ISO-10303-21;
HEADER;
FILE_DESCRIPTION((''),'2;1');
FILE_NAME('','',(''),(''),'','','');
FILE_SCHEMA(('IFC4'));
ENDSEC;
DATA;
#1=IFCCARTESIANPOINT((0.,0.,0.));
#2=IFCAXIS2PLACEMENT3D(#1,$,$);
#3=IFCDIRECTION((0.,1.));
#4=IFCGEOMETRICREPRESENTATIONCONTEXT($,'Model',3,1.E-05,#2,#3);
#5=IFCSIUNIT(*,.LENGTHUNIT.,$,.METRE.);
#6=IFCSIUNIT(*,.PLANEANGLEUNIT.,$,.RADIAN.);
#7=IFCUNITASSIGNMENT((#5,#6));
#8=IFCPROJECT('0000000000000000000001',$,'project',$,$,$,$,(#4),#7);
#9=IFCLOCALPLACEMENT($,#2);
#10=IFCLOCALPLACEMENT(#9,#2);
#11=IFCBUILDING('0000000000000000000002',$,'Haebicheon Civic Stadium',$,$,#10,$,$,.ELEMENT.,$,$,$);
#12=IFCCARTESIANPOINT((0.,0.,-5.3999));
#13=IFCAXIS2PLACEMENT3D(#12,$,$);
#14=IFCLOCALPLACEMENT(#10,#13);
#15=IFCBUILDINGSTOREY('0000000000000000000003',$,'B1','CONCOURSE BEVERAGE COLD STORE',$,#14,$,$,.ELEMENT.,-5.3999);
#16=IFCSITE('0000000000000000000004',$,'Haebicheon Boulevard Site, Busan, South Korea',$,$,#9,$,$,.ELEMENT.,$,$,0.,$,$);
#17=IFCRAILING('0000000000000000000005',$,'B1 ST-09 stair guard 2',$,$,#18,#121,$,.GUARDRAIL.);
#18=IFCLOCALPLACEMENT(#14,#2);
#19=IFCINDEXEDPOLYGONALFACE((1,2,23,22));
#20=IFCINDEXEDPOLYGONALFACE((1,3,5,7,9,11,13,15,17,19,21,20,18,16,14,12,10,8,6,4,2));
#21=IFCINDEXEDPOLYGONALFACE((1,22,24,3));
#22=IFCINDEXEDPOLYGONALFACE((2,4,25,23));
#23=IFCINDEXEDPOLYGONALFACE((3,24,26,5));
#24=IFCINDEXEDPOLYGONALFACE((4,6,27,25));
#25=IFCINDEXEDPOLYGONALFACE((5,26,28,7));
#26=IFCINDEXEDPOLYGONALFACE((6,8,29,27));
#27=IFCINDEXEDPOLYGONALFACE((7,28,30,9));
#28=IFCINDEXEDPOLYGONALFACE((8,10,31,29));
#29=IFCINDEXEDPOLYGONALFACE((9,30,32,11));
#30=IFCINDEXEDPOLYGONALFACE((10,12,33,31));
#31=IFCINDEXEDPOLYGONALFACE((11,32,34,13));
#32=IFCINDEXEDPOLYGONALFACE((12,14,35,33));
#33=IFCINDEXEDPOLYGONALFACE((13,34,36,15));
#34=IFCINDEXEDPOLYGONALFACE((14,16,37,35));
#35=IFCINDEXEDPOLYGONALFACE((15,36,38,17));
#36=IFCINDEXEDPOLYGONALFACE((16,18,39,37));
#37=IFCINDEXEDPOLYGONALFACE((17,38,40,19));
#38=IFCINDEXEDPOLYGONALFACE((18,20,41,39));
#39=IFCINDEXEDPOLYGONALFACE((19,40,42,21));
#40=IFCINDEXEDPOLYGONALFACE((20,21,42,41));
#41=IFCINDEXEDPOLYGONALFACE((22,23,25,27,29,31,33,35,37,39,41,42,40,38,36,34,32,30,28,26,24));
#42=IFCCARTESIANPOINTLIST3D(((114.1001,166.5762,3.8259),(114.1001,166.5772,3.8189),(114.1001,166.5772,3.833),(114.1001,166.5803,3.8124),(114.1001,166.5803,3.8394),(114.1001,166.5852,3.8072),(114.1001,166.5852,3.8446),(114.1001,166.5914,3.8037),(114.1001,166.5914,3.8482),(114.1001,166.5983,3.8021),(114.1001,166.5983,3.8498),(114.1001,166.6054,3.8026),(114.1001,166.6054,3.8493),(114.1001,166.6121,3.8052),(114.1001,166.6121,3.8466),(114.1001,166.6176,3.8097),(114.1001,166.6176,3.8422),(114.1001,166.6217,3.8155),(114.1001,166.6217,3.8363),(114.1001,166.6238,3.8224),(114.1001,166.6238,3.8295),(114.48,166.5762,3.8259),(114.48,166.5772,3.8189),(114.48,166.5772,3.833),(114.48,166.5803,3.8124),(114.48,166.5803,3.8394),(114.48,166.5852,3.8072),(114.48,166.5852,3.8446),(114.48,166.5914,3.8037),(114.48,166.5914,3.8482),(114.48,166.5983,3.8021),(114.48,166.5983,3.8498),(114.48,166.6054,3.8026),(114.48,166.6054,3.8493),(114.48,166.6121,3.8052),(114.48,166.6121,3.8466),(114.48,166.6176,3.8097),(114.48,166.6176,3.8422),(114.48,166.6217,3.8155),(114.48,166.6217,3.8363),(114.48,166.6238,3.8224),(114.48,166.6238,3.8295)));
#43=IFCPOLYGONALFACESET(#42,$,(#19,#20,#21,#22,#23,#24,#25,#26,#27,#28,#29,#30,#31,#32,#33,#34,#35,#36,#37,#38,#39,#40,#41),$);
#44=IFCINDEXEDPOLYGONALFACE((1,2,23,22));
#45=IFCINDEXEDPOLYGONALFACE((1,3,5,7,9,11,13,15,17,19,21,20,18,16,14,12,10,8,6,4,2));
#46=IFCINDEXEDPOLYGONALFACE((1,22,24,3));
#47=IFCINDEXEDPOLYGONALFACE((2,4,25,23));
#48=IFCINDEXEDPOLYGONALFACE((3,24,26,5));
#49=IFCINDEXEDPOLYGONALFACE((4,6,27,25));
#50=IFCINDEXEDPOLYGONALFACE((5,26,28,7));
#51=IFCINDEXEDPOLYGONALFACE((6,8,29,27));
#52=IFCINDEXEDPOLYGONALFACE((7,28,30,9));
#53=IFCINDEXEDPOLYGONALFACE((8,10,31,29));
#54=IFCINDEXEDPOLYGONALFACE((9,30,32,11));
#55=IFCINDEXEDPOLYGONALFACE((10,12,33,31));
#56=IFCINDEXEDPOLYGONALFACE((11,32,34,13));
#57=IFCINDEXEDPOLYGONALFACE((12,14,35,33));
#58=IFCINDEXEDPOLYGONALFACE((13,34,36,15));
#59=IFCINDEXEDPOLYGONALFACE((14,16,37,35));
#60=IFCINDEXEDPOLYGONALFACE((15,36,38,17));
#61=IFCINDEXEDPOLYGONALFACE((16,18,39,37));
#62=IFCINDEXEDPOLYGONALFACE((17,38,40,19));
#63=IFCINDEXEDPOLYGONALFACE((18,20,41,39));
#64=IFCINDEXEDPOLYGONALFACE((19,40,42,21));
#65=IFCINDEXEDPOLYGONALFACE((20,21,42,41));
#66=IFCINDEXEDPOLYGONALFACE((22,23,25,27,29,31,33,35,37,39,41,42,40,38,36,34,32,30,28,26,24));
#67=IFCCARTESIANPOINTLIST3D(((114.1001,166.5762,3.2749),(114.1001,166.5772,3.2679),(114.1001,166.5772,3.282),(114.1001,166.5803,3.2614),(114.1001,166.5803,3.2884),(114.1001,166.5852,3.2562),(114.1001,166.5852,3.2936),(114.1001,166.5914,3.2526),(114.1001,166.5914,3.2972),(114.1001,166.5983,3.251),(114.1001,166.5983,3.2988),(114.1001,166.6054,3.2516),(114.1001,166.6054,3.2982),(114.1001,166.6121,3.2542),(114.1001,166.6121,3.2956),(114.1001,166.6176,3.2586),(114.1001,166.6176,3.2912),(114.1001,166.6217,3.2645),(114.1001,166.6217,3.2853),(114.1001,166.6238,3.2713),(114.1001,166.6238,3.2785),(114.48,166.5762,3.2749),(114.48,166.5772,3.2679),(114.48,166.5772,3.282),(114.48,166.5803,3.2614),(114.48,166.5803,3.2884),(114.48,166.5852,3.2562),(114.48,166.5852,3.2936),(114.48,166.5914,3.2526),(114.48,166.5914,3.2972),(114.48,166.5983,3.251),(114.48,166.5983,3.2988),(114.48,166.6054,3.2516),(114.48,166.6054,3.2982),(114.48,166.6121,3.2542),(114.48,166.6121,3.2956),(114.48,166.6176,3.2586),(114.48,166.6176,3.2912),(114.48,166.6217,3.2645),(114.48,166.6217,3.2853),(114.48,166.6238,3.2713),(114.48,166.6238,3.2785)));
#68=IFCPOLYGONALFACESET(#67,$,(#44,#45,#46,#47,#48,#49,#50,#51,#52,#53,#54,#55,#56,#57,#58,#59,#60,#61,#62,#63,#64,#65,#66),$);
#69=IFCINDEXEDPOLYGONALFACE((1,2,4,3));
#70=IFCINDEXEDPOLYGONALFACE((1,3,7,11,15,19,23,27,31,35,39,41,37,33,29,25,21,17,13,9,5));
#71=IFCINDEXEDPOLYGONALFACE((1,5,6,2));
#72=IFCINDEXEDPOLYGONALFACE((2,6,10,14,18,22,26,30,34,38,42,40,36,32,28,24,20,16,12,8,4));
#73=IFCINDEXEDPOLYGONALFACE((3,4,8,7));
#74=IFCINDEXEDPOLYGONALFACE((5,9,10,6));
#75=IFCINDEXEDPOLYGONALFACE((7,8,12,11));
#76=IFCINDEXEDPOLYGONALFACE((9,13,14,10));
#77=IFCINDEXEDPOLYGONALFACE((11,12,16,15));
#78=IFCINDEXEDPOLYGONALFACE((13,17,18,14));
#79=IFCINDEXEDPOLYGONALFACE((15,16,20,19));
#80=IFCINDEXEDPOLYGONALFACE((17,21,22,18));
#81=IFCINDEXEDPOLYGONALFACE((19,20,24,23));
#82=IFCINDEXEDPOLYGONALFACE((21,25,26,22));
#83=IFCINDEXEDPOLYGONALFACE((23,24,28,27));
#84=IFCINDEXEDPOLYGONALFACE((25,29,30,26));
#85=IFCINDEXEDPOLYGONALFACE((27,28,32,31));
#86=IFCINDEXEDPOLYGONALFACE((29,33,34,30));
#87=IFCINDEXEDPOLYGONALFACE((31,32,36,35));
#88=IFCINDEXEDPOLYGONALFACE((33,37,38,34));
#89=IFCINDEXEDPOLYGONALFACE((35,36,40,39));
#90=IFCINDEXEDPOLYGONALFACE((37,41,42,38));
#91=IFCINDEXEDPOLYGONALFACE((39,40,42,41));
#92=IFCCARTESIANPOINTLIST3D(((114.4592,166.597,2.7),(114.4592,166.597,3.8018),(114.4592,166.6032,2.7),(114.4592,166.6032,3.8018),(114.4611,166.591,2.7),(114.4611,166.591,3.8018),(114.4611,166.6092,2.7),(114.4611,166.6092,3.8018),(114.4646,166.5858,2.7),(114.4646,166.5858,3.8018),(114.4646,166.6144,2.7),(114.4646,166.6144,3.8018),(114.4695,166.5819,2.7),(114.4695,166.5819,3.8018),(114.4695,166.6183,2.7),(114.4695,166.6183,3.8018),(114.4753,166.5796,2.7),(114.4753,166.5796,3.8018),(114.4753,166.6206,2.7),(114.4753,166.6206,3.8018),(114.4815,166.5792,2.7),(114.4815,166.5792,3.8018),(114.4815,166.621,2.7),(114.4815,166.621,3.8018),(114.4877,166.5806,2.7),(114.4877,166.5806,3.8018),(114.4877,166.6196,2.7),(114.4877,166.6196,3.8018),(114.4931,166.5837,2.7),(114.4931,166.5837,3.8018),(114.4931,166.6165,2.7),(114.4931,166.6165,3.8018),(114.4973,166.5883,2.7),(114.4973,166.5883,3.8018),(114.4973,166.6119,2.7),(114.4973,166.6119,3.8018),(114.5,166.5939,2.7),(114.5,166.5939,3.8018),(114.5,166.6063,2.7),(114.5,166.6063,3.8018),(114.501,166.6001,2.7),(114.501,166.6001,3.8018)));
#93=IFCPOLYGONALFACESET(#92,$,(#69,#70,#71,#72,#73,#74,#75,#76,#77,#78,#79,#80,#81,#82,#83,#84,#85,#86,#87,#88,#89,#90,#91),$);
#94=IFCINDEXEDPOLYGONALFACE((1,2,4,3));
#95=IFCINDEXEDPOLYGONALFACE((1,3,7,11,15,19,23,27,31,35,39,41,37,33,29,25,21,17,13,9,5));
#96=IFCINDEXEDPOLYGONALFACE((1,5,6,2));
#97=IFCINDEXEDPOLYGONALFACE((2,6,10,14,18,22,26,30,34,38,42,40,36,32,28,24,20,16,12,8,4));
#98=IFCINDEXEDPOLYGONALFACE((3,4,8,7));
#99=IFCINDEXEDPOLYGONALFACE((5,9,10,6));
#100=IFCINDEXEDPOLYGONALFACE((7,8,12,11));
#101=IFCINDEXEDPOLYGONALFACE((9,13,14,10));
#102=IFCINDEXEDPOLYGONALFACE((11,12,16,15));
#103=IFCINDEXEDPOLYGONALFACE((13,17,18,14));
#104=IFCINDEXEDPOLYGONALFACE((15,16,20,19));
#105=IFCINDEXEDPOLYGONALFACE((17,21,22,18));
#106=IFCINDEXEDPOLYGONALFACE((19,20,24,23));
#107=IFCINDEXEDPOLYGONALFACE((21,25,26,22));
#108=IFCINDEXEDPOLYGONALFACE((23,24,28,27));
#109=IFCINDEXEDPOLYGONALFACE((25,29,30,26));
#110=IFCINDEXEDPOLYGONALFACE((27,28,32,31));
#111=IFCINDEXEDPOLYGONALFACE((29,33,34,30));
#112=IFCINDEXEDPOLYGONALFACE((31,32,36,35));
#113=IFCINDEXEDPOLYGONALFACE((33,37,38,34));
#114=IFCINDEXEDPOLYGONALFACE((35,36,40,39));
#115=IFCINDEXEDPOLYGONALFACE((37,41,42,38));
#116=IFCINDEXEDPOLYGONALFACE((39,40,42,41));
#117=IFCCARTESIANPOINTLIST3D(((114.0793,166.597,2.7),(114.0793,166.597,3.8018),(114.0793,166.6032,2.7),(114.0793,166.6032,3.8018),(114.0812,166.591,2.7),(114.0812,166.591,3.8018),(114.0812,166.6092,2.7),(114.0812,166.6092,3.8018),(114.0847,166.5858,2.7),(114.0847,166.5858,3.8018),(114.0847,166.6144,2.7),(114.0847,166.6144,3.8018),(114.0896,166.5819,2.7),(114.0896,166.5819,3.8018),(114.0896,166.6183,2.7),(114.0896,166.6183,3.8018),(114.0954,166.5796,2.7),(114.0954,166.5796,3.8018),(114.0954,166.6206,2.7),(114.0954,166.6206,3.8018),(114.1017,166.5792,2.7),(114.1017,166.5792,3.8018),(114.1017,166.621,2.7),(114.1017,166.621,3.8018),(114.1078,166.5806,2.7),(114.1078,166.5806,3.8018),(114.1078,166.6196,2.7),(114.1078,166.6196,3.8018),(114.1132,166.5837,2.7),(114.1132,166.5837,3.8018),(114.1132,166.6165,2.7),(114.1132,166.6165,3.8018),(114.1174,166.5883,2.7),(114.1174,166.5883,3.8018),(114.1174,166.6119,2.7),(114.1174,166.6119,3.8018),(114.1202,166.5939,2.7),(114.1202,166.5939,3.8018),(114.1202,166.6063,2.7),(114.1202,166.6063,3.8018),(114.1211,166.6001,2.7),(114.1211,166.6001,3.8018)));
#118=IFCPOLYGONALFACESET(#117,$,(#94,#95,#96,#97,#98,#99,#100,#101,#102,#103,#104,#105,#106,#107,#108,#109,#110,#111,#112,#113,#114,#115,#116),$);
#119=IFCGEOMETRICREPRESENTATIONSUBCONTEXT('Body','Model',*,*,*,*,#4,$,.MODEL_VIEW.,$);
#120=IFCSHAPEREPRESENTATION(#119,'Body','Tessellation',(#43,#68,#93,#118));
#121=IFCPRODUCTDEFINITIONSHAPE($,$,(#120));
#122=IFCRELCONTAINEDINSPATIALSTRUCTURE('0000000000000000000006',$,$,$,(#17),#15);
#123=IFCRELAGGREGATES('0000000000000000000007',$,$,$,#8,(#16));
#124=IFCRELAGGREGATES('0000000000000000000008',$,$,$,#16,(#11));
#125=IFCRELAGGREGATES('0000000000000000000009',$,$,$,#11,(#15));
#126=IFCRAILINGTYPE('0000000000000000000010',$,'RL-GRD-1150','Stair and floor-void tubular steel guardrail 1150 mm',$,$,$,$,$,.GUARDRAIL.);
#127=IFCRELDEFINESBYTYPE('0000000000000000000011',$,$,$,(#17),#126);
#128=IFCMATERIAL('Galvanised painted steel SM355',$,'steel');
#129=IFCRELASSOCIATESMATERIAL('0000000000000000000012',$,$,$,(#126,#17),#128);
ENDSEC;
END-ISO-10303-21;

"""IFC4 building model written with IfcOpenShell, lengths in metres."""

from ifc_helpers import new_model, si_unit, direction, frame, origin, origin_2d, place, context, subcontext, project, spatial, circle, extrude, material, type_object, element, save


model = new_model("IFC4")

# Units and contexts
model_context = context("Model", 3, precision=1e-05, world=origin(), true_north=direction((0.0, 1.0)))
body_context = subcontext(model_context, "Body", "Model", "MODEL_VIEW")
ifc_project = project(units=[si_unit("LENGTHUNIT", "METRE"), si_unit("PLANEANGLEUNIT", "RADIAN")], contexts=[model_context])

# Site, building, storey
site_placement = place(None, origin())
site = spatial("IfcSite", under=ifc_project, at=site_placement, Name="Haebicheon Boulevard Site, Busan, South Korea", CompositionType="ELEMENT", RefElevation=0.0)
building_placement = place(site_placement, origin())
building = spatial("IfcBuilding", under=site, at=building_placement, Name="Haebicheon Civic Stadium", CompositionType="ELEMENT")
storey_placement = place(building_placement, frame((0.0, 0.0, -5.3999)))
storey = spatial("IfcBuildingStorey", under=building, at=storey_placement, Name="B1", Description="CONCOURSE BEVERAGE COLD STORE", CompositionType="ELEMENT", Elevation=-5.3999)

# Railing
ifc_material_1 = material(Name="Galvanised painted steel SM355", Category="steel")
railing_type_1 = type_object("IfcRailingType", Name="RL-GRD-1150", Description="Stair and floor-void tubular steel guardrail 1150 mm", PredefinedType="GUARDRAIL", material=ifc_material_1)
railing_1_placement = place(storey_placement, frame((114.48, 166.6001, 2.7)))
element("IfcRailing", 1, at=railing_1_placement, inside=storey, type_object=railing_type_1, material=ifc_material_1, Name="B1 ST-09 stair guard 2", PredefinedType="GUARDRAIL", context=body_context, shape_type="SweptSolid", body=[
    extrude(circle(Radius=0.0239, at=origin_2d()), frame((0.0, 0.0, 1.126), z_axis=(-1.0, 0.0, 0.0), x_axis=(0.0, -1.0, 0.0)), (0.0, 0.0, 1.0), 0.3799),
    extrude(circle(Radius=0.0239, at=origin_2d()), frame((0.0, 0.0, 0.575), z_axis=(-1.0, 0.0, 0.0), x_axis=(0.0, -1.0, 0.0)), (0.0, 0.0, 1.0), 0.3799),
    extrude(circle(Radius=0.021, at=origin_2d()), origin(), (0.0, 0.0, 1.0), 1.1018),
    extrude(circle(Radius=0.021, at=origin_2d()), frame((-0.3799, 0.0, 0.0)), (0.0, 0.0, 1.0), 1.1018),
])

save(model, "model.ifc")
